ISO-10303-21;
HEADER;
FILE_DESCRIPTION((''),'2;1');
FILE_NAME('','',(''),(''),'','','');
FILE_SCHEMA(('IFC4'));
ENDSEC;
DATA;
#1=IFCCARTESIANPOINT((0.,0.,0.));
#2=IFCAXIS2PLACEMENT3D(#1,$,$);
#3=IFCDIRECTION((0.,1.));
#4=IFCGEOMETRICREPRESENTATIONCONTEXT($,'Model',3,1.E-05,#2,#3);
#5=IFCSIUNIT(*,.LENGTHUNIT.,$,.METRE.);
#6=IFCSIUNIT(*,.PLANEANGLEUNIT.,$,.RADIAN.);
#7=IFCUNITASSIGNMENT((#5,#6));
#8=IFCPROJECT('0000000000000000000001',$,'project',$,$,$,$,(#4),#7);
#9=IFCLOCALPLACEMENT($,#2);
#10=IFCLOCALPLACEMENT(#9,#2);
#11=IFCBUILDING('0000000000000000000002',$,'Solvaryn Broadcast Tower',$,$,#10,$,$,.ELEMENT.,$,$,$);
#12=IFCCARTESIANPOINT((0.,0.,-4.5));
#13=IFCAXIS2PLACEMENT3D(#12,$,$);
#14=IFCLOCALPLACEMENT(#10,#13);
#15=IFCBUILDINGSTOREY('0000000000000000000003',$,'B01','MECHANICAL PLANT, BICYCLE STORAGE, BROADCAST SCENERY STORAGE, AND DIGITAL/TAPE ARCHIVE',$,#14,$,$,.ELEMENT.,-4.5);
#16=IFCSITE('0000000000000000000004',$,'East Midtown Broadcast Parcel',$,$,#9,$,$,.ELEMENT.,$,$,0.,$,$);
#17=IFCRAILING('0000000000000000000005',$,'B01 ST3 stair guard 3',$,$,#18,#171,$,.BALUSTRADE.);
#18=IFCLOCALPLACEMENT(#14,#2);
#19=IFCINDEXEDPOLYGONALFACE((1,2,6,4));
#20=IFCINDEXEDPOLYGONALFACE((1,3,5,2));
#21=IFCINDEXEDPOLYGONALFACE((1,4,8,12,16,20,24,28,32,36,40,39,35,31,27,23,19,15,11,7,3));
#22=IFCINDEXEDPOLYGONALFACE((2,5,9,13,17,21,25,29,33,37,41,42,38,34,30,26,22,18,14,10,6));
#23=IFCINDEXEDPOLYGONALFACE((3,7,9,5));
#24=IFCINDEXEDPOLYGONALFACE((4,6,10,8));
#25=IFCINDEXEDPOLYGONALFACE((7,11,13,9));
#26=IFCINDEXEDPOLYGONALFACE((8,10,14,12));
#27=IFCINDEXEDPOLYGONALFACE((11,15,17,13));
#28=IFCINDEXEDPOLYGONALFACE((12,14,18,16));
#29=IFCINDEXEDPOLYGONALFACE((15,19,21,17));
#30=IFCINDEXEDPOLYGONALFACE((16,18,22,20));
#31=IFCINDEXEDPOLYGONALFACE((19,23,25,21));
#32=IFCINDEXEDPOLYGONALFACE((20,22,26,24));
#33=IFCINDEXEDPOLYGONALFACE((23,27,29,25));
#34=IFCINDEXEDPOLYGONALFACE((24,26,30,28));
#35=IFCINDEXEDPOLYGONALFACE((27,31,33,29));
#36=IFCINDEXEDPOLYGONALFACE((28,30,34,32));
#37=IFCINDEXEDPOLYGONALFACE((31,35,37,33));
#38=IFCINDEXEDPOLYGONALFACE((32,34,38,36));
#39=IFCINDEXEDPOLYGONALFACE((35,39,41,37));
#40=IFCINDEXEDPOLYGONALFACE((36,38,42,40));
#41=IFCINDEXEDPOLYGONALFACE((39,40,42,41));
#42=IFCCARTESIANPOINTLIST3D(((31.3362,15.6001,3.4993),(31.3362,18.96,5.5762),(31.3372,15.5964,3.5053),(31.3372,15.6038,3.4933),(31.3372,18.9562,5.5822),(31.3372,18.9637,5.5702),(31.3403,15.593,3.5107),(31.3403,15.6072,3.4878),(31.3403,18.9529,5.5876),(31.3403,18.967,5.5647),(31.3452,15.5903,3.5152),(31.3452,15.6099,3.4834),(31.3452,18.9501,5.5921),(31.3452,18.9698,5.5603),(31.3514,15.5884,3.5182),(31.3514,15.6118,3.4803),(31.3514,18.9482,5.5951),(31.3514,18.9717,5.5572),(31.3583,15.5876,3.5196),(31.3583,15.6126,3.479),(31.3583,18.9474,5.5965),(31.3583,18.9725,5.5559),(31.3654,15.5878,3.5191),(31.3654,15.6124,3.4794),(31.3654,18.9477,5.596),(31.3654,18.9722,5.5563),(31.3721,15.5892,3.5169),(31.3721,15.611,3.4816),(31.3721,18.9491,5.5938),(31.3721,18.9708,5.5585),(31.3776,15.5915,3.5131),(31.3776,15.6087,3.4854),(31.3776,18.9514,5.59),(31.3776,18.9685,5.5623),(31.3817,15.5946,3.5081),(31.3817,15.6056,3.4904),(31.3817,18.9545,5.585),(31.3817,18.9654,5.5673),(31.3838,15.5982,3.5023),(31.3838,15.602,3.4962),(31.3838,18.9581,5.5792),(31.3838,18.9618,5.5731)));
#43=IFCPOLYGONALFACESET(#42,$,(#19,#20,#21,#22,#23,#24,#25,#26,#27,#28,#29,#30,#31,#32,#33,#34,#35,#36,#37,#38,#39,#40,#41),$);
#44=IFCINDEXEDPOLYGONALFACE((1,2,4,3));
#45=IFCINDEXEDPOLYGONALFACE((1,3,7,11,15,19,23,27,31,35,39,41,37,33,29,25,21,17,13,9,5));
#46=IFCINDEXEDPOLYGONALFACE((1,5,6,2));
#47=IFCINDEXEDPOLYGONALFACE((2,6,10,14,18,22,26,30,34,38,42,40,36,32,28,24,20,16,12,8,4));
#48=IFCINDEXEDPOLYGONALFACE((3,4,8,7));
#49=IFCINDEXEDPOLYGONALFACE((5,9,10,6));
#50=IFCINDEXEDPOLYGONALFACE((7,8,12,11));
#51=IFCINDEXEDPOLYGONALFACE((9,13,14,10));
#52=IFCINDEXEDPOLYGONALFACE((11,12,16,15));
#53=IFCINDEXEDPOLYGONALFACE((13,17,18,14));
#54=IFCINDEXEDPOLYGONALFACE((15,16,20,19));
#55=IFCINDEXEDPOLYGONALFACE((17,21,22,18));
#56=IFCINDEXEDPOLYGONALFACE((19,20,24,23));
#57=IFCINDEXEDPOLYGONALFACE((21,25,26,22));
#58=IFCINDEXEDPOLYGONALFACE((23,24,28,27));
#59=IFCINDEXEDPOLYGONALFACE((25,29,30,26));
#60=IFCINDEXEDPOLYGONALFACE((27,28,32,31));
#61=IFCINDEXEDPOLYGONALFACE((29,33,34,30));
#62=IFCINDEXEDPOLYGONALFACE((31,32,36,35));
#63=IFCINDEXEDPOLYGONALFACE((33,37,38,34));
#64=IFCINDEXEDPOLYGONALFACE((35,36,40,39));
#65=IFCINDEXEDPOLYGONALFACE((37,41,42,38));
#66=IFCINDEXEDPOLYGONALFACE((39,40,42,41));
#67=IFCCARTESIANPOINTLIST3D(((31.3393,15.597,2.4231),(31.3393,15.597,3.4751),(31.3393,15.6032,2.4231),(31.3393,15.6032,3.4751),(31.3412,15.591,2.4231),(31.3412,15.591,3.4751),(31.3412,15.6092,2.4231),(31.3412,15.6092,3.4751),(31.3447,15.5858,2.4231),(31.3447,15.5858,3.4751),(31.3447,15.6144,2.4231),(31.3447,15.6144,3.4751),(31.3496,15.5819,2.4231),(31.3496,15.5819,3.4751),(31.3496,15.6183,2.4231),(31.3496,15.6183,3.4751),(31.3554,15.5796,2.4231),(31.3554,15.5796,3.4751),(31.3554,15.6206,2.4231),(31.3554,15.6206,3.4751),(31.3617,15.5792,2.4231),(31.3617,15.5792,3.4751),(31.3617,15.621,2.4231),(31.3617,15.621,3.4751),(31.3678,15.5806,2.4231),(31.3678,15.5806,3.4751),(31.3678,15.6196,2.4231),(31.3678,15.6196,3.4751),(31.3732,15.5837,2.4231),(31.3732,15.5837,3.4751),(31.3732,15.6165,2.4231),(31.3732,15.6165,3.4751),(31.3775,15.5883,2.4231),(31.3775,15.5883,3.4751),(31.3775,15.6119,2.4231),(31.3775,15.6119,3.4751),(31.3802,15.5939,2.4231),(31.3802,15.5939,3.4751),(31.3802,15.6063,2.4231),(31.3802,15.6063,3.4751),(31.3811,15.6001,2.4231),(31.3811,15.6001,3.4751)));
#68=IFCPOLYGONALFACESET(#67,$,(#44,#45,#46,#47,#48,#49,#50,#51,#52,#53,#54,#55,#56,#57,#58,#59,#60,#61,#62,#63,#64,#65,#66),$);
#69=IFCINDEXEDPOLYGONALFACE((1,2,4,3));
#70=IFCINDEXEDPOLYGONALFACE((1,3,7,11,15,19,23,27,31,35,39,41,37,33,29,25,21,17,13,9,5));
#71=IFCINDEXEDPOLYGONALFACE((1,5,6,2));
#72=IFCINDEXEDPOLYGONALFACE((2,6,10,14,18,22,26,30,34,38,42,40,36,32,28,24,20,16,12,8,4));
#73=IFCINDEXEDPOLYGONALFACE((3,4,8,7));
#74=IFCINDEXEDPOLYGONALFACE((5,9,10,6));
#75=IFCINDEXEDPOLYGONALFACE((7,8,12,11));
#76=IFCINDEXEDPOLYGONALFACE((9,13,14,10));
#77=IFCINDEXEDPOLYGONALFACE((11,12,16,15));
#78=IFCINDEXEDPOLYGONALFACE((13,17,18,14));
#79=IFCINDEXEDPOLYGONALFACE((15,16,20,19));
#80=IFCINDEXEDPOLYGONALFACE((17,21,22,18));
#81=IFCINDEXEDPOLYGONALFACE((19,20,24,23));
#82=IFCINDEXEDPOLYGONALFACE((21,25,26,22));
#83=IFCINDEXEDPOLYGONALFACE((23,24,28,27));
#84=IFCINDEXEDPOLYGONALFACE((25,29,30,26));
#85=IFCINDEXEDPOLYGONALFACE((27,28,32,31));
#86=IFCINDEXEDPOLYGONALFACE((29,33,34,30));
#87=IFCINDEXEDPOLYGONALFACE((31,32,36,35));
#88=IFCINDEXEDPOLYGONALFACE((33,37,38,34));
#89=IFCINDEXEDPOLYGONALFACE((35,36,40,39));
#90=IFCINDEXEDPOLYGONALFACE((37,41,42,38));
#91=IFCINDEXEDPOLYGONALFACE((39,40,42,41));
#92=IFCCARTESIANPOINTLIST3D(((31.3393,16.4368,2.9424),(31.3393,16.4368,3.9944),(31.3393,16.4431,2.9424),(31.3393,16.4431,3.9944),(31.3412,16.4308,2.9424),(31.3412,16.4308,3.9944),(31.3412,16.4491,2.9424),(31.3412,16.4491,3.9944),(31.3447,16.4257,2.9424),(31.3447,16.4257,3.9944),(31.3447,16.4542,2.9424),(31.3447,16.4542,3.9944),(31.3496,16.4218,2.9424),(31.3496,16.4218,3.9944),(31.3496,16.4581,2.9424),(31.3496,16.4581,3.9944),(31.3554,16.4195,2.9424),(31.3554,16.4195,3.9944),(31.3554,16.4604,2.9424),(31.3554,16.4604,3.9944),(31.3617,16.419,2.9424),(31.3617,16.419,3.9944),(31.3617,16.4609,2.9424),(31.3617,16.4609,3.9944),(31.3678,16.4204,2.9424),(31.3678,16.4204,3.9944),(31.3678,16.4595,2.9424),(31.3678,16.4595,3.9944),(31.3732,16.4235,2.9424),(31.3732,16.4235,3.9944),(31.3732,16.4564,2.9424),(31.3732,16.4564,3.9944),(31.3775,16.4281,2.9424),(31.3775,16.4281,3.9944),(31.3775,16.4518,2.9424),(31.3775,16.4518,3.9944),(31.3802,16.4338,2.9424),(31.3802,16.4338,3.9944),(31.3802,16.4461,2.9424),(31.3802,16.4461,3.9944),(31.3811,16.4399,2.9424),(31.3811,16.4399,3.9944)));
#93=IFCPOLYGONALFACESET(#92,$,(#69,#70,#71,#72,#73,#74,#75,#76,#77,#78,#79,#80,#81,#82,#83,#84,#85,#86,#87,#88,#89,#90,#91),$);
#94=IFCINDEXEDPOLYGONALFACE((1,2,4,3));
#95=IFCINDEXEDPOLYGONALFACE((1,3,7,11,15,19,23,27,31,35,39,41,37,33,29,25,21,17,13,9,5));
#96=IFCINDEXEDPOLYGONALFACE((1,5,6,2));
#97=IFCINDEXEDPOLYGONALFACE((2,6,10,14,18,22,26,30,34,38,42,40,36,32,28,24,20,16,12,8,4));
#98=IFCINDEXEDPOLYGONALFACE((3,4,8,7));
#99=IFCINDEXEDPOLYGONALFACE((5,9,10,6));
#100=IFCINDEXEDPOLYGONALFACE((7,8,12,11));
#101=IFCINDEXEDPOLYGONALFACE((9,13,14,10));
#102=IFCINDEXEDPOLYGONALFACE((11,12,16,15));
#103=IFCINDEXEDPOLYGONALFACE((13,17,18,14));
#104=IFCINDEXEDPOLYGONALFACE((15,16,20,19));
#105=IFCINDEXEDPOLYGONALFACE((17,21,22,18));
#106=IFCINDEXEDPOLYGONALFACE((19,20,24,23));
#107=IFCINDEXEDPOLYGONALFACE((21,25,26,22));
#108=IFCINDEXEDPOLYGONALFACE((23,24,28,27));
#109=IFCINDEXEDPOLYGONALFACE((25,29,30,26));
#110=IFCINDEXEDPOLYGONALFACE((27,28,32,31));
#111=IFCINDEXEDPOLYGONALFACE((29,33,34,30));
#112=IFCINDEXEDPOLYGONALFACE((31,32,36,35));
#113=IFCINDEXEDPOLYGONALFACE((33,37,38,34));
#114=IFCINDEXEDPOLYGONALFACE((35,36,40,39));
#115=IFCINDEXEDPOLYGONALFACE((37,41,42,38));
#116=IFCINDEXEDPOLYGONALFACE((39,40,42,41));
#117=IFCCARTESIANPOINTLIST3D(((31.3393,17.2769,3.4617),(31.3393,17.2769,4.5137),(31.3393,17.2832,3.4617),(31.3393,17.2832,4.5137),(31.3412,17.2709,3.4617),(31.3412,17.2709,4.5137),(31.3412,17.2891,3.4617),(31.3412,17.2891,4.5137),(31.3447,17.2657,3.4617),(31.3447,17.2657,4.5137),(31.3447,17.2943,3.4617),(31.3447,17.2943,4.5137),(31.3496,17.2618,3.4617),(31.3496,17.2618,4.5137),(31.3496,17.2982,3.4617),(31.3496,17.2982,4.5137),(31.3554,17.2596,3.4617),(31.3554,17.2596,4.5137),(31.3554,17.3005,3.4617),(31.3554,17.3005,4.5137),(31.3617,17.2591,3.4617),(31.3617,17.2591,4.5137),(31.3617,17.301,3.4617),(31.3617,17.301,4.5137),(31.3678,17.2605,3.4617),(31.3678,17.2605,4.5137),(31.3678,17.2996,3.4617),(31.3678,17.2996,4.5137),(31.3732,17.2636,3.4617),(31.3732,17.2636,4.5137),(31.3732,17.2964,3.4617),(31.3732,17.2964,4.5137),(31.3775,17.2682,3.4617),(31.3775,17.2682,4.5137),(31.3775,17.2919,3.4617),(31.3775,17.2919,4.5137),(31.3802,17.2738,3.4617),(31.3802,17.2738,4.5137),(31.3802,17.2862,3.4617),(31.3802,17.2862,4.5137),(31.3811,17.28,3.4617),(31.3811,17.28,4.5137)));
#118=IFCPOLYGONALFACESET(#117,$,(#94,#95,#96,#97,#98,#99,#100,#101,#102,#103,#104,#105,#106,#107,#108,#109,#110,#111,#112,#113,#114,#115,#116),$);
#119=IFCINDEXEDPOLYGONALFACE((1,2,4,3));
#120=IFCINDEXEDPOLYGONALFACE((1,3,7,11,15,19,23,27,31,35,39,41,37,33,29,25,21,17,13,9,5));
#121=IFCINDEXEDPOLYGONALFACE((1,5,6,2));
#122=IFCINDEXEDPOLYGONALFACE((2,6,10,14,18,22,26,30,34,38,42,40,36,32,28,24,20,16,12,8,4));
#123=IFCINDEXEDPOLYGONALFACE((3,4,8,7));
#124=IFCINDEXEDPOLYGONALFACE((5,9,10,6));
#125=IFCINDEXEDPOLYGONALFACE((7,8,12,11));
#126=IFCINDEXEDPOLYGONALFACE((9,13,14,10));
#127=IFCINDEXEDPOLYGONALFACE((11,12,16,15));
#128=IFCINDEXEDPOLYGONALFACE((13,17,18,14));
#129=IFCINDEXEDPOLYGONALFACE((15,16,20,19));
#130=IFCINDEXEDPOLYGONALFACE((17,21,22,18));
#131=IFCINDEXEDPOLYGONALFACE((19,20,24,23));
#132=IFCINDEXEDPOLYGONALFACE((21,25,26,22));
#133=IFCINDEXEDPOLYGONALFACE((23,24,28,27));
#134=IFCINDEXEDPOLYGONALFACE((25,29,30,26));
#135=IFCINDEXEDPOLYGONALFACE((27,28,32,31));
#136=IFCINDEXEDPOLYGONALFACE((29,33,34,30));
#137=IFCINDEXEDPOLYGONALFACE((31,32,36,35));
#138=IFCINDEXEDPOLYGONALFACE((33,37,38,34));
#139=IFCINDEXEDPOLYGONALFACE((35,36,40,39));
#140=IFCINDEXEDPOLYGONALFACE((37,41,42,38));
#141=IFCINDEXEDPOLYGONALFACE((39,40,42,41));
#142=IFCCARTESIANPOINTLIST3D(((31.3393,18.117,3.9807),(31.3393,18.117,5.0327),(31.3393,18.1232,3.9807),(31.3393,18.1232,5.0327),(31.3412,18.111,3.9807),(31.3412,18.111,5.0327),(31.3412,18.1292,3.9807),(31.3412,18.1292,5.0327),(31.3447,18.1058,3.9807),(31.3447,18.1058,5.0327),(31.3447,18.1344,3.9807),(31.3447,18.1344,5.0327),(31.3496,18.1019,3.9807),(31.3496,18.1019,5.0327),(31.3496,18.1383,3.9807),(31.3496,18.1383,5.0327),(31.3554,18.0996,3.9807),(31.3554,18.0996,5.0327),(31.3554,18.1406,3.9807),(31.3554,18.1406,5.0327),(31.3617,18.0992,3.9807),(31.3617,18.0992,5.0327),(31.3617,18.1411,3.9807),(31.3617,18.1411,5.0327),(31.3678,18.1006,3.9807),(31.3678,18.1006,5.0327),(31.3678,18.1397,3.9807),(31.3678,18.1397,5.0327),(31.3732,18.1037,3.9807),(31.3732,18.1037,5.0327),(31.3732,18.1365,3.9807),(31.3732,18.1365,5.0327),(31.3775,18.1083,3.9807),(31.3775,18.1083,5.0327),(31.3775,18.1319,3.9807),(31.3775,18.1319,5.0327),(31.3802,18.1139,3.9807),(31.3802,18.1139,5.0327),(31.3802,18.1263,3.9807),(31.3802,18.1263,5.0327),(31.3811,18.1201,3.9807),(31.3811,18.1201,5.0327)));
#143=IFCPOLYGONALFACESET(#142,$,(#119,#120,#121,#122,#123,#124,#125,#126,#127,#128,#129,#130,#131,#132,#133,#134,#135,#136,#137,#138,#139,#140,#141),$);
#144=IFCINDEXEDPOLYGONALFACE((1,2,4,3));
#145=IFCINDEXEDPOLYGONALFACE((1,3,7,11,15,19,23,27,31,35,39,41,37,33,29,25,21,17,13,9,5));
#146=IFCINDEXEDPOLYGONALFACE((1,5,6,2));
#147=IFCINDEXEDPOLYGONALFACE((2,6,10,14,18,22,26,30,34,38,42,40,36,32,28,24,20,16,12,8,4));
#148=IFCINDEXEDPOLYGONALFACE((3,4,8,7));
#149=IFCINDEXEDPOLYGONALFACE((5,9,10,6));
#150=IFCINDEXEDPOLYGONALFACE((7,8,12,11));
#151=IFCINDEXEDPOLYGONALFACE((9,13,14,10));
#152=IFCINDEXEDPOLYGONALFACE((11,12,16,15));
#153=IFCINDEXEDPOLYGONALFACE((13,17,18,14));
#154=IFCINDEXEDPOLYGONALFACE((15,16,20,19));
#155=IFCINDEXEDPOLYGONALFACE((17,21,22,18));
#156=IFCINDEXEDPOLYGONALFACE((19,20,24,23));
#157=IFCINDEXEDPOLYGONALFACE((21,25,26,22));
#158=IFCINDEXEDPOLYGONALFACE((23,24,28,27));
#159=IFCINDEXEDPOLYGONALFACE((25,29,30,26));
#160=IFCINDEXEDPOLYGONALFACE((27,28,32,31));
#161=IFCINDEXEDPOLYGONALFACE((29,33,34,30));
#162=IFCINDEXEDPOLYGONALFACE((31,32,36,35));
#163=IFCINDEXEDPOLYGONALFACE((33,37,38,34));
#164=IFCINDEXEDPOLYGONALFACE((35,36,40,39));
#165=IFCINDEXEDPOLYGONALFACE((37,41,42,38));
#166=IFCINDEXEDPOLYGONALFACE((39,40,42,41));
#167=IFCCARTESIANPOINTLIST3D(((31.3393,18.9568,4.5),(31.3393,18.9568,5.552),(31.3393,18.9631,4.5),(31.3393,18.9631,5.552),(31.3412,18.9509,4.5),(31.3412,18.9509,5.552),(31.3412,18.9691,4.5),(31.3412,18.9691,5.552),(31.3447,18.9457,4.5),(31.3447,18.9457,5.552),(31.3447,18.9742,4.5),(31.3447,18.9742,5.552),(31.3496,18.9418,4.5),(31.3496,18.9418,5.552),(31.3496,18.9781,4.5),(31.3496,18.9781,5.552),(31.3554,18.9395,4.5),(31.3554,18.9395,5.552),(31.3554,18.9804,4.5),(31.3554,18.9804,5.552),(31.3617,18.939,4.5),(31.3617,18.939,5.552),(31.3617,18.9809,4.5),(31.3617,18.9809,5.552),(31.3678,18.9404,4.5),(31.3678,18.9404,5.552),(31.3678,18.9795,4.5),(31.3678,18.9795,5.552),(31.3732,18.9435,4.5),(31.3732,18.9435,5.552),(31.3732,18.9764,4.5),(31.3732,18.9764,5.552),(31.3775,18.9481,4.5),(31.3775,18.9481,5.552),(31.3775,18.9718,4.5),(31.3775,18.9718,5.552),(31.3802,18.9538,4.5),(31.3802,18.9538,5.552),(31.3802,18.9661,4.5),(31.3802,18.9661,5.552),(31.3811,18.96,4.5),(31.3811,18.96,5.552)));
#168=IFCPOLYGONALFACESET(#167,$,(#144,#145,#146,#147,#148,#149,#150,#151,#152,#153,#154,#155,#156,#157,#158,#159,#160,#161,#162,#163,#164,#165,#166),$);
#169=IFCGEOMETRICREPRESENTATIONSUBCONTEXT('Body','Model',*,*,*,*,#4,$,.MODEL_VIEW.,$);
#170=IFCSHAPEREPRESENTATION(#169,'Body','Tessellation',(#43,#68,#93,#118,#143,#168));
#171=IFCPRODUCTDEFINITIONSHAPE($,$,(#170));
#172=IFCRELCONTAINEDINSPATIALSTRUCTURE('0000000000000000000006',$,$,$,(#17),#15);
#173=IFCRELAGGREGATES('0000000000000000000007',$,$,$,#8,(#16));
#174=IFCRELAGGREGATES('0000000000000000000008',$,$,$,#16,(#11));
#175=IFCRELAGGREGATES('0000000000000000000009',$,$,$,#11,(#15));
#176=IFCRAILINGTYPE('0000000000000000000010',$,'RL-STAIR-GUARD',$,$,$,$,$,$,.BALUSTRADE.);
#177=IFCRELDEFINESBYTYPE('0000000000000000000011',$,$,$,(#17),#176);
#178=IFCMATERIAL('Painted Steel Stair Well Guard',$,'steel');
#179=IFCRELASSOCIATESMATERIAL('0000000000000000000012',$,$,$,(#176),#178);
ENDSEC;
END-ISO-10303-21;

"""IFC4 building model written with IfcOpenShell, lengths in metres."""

from ifc_helpers import new_model, si_unit, direction, frame, origin, origin_2d, place, context, subcontext, project, spatial, circle, extrude, material, type_object, element, save


model = new_model("IFC4")

# Units and contexts
model_context = context("Model", 3, precision=1e-05, world=origin(), true_north=direction((0.0, 1.0)))
body_context = subcontext(model_context, "Body", "Model", "MODEL_VIEW")
ifc_project = project(units=[si_unit("LENGTHUNIT", "METRE"), si_unit("PLANEANGLEUNIT", "RADIAN")], contexts=[model_context])

# Site, building, storey
site_placement = place(None, origin())
site = spatial("IfcSite", under=ifc_project, at=site_placement, Name="East Midtown Broadcast Parcel", CompositionType="ELEMENT", RefElevation=0.0)
building_placement = place(site_placement, origin())
building = spatial("IfcBuilding", under=site, at=building_placement, Name="Solvaryn Broadcast Tower", CompositionType="ELEMENT")
storey_placement = place(building_placement, frame((0.0, 0.0, -4.5)))
storey = spatial("IfcBuildingStorey", under=building, at=storey_placement, Name="B01", Description="MECHANICAL PLANT, BICYCLE STORAGE, BROADCAST SCENERY STORAGE, AND DIGITAL/TAPE ARCHIVE", CompositionType="ELEMENT", Elevation=-4.5)

# Railing
ifc_material_1 = material(Name="Painted Steel Stair Well Guard", Category="steel")
railing_type_1 = type_object("IfcRailingType", Name="RL-STAIR-GUARD", PredefinedType="BALUSTRADE", material=ifc_material_1)
railing_1_placement = place(storey_placement, frame((31.3601, 15.6001, 2.4231)))
element("IfcRailing", 1, at=railing_1_placement, inside=storey, type_object=railing_type_1, Name="B01 ST3 stair guard 3", PredefinedType="BALUSTRADE", context=body_context, shape_type="SweptSolid", body=[
    extrude(circle(Radius=0.0239, at=origin_2d()), frame((0.0, 0.0, 1.0762), z_axis=(0.0, 0.850606, 0.525803), x_axis=(-1.0, 0.0, 0.0)), (0.0, 0.0, 1.0), 3.95),
    extrude(circle(Radius=0.021, at=origin_2d()), origin(), (0.0, 0.0, 1.0), 1.052),
    extrude(circle(Radius=0.021, at=origin_2d()), frame((0.0, 0.8398, 0.5193)), (0.0, 0.0, 1.0), 1.052),
    extrude(circle(Radius=0.021, at=origin_2d()), frame((0.0, 1.6799, 1.0386)), (0.0, 0.0, 1.0), 1.052),
    extrude(circle(Radius=0.021, at=origin_2d()), frame((0.0, 2.52, 1.5576)), (0.0, 0.0, 1.0), 1.052),
    extrude(circle(Radius=0.021, at=origin_2d()), frame((0.0, 3.3599, 2.0769)), (0.0, 0.0, 1.0), 1.052),
])

save(model, "model.ifc")
